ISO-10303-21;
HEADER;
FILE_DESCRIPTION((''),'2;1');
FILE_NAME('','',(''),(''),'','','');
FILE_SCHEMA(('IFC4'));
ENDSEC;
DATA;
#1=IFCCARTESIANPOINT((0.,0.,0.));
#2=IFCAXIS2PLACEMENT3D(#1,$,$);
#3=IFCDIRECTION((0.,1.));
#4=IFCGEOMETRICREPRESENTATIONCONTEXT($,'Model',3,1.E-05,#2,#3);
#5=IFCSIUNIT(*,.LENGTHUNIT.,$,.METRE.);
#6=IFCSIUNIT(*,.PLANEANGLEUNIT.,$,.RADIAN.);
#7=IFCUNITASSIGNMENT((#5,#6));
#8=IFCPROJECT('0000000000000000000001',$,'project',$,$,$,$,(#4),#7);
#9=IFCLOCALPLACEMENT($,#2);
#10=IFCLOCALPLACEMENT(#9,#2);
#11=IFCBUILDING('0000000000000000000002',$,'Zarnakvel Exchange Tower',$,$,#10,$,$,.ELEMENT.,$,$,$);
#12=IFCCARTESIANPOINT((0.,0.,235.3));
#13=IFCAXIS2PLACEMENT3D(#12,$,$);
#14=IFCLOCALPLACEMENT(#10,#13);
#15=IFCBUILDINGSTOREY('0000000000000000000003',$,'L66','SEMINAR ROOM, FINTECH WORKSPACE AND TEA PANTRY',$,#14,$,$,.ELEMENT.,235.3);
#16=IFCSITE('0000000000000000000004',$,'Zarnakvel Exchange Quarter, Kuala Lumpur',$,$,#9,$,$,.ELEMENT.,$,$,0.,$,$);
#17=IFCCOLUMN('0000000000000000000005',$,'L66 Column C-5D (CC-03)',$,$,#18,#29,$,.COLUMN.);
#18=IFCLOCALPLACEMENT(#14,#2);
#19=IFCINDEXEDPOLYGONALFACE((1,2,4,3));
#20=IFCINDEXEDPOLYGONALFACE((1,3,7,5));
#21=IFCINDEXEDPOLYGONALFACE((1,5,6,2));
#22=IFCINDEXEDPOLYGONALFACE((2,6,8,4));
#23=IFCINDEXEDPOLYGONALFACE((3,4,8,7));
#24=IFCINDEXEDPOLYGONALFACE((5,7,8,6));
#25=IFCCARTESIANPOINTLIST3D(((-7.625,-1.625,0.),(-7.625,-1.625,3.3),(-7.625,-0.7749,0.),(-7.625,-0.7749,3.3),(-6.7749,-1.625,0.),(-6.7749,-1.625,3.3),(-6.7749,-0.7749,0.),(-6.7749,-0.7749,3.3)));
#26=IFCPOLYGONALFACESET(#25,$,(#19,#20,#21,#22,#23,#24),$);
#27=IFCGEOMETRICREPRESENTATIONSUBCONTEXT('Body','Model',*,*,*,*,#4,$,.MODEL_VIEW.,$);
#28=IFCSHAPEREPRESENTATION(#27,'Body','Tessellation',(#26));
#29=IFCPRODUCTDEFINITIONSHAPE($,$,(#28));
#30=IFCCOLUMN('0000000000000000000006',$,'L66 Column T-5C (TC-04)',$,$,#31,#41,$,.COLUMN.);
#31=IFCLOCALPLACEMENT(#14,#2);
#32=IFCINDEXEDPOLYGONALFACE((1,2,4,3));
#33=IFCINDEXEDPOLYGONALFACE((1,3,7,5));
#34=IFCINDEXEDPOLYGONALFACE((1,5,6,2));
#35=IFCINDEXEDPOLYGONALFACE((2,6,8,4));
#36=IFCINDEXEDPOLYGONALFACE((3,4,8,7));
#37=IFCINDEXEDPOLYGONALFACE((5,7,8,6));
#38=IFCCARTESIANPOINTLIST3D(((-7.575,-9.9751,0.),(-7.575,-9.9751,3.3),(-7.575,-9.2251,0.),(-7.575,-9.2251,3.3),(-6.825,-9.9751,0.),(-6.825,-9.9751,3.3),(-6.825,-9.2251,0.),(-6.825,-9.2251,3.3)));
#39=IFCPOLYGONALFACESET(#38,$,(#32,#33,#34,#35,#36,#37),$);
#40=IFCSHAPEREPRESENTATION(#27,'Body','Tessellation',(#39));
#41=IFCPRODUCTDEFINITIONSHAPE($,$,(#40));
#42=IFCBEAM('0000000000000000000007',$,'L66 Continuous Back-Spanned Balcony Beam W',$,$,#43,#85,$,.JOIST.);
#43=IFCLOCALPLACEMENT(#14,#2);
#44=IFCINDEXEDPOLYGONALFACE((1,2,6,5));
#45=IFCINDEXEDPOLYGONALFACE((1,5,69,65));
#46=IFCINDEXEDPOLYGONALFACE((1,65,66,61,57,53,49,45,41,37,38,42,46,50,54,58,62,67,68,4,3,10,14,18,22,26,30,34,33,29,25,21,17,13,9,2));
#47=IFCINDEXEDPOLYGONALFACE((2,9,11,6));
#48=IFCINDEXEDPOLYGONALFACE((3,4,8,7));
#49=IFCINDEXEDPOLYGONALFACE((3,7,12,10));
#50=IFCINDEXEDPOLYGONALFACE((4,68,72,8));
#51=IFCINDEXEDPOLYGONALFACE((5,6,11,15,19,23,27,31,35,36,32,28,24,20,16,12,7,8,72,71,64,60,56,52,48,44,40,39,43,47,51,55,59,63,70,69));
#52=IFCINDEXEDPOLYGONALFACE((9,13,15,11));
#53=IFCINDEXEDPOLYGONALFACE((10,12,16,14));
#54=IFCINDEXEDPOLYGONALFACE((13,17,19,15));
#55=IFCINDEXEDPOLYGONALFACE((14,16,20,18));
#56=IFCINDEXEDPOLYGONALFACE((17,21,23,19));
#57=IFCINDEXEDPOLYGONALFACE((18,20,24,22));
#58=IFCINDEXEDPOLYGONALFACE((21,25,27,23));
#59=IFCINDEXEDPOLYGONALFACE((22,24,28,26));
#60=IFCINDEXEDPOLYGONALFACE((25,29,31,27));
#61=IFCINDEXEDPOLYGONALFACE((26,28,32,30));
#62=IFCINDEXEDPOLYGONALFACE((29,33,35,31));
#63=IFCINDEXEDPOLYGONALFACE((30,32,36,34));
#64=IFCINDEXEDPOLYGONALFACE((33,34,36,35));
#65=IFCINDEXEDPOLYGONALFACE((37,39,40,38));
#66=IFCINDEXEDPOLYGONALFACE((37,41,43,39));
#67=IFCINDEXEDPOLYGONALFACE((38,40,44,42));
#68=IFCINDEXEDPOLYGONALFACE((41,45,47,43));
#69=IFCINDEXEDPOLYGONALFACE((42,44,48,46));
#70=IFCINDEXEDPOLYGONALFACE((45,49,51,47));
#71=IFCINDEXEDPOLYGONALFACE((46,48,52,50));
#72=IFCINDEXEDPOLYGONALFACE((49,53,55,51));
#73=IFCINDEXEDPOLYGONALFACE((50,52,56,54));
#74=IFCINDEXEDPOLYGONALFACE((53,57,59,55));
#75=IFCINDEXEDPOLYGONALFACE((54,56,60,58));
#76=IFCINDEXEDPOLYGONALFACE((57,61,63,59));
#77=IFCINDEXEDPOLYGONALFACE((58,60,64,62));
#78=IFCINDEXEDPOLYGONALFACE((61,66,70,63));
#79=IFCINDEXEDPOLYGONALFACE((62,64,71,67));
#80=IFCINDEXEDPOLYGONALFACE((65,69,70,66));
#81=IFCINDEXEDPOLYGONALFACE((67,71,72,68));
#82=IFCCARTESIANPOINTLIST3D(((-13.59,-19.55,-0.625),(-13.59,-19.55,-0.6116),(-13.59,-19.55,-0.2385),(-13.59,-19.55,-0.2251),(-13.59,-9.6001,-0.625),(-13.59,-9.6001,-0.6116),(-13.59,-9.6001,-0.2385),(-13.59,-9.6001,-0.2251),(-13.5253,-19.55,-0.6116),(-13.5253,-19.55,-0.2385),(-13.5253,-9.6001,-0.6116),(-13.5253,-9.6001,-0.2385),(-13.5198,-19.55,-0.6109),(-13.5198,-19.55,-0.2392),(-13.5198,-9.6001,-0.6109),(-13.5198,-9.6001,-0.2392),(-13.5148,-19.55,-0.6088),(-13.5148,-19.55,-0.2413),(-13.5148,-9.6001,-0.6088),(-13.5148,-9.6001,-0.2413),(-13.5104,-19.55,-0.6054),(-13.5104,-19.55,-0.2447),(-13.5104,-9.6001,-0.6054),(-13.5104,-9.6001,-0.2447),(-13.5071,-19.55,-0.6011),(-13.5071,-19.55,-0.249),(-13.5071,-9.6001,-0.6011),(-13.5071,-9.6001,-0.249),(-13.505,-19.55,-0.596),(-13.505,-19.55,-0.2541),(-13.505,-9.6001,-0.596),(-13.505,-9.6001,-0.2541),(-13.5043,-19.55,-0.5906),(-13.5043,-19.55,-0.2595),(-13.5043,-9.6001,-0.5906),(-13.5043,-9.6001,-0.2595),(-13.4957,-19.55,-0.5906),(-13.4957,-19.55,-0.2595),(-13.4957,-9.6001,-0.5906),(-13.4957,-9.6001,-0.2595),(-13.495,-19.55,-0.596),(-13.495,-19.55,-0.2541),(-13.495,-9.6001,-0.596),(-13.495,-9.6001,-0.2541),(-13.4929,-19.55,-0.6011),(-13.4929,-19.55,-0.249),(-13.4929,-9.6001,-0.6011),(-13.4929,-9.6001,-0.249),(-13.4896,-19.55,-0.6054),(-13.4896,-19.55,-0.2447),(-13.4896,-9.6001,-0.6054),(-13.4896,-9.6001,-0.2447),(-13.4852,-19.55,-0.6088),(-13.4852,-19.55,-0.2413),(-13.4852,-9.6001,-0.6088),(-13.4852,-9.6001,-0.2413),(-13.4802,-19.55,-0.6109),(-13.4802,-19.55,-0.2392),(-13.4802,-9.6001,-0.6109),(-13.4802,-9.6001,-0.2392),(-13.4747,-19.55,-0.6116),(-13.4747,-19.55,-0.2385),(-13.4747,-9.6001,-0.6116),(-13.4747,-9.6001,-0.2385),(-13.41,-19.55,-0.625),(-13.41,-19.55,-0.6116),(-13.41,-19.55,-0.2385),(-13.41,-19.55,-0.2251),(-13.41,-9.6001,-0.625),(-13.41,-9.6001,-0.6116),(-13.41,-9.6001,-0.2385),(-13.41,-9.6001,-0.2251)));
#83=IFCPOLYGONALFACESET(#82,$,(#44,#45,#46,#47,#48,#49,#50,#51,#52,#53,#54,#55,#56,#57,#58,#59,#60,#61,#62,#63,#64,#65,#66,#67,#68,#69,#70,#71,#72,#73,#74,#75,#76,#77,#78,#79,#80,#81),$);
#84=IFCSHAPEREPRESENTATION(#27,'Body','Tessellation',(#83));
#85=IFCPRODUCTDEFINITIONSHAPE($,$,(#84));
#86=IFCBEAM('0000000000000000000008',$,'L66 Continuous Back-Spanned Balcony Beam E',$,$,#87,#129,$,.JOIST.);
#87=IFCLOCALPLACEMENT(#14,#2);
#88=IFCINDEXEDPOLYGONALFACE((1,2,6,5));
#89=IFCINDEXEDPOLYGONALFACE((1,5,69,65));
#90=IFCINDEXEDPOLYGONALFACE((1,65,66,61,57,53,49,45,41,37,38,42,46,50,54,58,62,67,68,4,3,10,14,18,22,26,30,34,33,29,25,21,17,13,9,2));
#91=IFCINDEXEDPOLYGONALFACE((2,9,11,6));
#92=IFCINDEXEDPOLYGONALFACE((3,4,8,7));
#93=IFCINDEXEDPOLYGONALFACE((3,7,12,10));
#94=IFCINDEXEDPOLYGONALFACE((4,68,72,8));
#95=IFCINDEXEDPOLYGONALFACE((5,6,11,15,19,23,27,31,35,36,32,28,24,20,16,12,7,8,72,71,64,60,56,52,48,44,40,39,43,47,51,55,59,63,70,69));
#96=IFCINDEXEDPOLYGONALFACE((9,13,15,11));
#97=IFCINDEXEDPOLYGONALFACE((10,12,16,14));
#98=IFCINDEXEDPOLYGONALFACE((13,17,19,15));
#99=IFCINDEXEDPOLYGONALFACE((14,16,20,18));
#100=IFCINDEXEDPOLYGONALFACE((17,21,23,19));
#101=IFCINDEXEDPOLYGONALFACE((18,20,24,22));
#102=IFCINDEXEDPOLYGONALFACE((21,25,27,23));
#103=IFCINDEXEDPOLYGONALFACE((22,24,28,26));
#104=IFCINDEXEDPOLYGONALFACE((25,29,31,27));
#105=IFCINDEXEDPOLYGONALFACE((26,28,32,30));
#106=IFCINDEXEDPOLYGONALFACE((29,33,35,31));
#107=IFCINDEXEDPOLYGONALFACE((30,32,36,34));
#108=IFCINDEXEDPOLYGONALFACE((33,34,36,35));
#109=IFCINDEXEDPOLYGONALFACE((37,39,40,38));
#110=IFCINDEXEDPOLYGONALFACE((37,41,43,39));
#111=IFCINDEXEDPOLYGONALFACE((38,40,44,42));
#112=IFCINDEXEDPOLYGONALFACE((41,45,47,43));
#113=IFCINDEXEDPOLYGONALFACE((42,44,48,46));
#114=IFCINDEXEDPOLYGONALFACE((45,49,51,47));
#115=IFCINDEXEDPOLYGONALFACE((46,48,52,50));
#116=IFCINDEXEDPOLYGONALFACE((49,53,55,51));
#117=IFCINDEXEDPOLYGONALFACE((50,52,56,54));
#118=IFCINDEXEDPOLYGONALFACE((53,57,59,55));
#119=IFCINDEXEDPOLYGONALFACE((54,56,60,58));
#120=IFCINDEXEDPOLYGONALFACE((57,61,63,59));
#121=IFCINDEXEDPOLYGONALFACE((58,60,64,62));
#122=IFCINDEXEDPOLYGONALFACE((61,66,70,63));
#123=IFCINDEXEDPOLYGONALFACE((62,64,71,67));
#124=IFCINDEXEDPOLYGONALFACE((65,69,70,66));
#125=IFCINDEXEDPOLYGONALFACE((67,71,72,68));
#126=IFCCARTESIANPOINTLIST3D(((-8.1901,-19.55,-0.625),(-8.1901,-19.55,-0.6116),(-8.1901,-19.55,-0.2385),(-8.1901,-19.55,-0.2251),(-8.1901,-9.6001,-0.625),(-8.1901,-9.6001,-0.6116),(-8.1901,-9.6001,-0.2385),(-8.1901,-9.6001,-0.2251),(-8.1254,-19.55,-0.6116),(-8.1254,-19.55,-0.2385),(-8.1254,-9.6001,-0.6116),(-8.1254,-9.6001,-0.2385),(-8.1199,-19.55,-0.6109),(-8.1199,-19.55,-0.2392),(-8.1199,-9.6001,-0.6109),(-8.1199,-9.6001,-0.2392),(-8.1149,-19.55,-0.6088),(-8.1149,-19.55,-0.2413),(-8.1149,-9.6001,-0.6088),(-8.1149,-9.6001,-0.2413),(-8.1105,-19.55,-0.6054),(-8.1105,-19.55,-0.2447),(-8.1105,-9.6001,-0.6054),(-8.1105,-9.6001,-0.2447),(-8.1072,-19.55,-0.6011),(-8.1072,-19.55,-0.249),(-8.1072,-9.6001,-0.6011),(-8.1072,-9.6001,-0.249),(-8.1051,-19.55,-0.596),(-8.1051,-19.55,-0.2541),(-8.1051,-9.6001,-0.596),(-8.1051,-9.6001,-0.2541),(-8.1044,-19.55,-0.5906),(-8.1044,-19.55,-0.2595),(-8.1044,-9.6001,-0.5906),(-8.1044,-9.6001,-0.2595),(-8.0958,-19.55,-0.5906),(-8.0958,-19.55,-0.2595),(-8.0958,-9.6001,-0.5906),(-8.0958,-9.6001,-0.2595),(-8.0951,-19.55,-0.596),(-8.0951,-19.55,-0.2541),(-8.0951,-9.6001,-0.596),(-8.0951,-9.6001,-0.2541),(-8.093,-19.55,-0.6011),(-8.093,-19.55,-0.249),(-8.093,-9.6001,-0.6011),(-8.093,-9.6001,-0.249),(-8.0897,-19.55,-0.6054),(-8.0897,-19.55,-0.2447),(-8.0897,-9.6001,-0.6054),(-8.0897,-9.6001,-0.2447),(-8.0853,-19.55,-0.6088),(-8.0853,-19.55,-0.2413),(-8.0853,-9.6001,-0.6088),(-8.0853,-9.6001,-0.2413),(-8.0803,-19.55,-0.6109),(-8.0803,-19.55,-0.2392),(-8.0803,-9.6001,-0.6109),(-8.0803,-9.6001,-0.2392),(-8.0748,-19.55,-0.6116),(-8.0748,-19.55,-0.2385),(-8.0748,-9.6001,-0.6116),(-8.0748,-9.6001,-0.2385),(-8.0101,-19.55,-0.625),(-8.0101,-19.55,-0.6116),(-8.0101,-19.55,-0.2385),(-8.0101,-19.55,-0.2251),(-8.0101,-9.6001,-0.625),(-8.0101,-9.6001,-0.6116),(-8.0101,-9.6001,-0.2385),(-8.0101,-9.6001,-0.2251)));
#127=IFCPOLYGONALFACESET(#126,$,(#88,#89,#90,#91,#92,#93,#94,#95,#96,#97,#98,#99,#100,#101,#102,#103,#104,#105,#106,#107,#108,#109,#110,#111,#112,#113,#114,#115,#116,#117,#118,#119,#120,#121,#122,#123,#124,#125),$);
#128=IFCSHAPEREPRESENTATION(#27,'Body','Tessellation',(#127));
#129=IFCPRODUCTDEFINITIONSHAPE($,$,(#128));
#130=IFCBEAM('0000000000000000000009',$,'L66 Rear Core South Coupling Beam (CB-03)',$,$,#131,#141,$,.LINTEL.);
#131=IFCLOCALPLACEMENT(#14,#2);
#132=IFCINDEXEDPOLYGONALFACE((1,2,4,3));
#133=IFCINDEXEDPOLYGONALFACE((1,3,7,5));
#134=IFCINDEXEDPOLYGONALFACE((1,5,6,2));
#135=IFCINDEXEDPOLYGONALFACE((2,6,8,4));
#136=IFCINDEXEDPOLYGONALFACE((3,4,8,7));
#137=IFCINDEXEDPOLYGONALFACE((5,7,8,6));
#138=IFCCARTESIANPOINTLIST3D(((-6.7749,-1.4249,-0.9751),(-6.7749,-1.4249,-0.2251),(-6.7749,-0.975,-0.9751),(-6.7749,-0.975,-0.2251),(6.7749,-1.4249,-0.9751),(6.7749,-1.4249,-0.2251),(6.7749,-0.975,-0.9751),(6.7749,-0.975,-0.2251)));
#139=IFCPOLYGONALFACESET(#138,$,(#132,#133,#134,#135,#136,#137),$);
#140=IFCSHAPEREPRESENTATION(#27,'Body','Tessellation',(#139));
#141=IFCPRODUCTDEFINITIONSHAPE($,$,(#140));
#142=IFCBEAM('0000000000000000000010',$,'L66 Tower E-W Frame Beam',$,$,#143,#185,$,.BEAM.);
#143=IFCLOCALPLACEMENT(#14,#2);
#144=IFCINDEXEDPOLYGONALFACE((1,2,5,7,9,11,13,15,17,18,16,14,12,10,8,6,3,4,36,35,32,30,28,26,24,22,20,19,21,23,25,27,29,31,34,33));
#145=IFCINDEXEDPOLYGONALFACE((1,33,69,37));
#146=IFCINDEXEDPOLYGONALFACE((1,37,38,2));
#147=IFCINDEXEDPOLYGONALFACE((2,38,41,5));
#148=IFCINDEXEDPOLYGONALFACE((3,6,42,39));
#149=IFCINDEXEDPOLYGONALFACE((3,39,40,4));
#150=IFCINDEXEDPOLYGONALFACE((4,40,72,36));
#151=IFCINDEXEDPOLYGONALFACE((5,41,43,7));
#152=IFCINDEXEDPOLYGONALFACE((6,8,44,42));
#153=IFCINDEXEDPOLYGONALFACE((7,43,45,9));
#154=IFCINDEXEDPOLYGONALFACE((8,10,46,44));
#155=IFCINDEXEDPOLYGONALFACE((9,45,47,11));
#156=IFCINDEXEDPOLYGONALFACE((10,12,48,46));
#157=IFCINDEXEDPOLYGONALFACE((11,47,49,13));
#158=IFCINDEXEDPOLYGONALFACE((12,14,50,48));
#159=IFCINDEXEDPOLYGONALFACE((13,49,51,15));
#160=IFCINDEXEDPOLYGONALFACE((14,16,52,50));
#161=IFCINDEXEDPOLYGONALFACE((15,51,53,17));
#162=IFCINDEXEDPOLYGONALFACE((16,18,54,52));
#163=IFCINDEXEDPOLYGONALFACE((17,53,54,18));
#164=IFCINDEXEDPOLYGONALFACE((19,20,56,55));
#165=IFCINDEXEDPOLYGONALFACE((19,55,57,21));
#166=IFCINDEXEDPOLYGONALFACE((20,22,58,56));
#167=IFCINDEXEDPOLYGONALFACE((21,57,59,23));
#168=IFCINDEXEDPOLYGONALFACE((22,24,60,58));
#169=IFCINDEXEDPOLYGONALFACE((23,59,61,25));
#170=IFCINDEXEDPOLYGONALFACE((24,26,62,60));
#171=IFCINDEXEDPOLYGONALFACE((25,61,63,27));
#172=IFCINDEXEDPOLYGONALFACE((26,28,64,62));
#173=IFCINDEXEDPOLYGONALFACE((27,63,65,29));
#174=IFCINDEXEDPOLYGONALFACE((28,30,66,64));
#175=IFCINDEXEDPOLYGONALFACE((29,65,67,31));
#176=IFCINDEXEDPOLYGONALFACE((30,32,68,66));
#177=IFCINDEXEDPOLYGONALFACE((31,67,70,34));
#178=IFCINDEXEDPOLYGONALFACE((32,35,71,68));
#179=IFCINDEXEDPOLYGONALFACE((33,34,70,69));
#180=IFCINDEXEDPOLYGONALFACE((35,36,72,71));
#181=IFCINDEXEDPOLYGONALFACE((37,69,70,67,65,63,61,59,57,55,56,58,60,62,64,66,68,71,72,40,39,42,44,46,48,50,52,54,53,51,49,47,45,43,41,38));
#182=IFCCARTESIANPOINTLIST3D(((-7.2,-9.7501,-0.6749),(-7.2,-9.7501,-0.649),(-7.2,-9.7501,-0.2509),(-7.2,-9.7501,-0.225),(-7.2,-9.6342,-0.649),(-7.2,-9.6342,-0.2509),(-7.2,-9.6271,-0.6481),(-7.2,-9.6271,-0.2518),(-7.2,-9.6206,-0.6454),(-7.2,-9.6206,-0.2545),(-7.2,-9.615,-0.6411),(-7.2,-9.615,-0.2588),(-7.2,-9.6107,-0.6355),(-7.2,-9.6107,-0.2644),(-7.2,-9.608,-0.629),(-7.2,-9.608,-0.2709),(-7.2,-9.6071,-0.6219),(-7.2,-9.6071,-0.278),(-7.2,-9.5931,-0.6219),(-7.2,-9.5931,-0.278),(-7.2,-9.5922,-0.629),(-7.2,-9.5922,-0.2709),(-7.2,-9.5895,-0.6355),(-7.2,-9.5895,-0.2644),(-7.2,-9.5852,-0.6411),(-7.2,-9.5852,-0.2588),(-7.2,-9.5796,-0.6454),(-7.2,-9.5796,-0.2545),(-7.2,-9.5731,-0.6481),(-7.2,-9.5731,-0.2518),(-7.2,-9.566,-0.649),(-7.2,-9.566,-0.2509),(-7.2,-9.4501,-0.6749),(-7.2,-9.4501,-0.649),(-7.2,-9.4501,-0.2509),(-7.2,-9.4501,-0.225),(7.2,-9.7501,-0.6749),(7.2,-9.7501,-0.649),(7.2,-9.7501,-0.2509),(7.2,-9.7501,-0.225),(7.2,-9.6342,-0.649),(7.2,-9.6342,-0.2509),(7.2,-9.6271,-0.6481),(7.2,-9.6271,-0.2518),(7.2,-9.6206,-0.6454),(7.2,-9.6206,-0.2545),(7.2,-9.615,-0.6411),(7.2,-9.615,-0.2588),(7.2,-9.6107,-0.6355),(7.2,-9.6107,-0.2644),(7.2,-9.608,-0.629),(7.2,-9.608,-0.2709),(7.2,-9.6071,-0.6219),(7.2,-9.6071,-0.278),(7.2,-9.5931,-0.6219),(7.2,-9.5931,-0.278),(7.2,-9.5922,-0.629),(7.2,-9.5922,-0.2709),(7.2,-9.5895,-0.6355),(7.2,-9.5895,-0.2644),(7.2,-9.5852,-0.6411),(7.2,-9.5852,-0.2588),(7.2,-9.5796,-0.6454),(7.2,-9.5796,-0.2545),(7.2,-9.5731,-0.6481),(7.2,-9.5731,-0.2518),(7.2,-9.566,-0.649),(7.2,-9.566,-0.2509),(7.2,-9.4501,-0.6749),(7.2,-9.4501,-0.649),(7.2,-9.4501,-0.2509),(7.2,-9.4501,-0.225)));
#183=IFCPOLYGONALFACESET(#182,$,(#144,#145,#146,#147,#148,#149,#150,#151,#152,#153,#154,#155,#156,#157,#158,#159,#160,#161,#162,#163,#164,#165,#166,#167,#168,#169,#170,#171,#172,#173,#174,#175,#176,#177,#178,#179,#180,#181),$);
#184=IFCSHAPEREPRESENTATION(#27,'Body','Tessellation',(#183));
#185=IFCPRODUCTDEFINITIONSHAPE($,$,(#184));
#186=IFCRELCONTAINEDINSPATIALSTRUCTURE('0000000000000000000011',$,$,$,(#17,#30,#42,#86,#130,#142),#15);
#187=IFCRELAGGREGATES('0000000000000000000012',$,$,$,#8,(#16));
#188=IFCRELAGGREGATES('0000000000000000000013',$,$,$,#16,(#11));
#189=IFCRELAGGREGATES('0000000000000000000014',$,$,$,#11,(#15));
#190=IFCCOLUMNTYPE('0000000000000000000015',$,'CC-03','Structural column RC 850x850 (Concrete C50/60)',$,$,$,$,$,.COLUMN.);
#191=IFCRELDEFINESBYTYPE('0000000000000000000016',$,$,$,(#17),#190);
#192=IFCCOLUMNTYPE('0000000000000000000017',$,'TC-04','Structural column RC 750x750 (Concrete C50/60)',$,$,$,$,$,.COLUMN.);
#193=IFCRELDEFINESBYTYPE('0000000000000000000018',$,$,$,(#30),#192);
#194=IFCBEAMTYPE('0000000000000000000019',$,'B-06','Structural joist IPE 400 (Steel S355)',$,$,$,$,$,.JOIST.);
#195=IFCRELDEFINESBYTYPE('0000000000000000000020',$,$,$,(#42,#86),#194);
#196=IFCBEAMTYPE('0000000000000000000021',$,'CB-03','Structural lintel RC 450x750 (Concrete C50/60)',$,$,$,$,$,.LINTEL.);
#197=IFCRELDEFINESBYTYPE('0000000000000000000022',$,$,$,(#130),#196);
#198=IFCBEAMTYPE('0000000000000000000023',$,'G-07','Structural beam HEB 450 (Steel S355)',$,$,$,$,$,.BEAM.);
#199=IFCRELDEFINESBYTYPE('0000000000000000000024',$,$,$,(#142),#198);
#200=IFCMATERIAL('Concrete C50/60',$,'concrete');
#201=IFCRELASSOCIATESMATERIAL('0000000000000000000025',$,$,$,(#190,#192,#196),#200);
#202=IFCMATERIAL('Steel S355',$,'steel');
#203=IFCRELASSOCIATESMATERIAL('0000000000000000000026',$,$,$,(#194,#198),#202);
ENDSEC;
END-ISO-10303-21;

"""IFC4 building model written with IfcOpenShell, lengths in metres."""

from ifc_helpers import new_model, si_unit, direction, frame, origin, origin_2d, place, context, subcontext, project, spatial, rectangle, i_section, extrude, material, material_profile, profile_set, type_object, element, save


model = new_model("IFC4")

# Units and contexts
model_context = context("Model", 3, precision=1e-05, world=origin(), true_north=direction((0.0, 1.0)))
body_context = subcontext(model_context, "Body", "Model", "MODEL_VIEW")
ifc_project = project(units=[si_unit("LENGTHUNIT", "METRE"), si_unit("PLANEANGLEUNIT", "RADIAN")], contexts=[model_context])

# Site, building, storey
site_placement = place(None, origin())
site = spatial("IfcSite", under=ifc_project, at=site_placement, Name="Zarnakvel Exchange Quarter, Kuala Lumpur", CompositionType="ELEMENT", RefElevation=0.0)
building_placement = place(site_placement, origin())
building = spatial("IfcBuilding", under=site, at=building_placement, Name="Zarnakvel Exchange Tower", CompositionType="ELEMENT")
storey_placement = place(building_placement, frame((0.0, 0.0, 235.3)))
storey = spatial("IfcBuildingStorey", under=building, at=storey_placement, Name="L66", Description="SEMINAR ROOM, FINTECH WORKSPACE AND TEA PANTRY", CompositionType="ELEMENT", Elevation=235.3)

# Columns
ifc_material_1 = material(Name="Concrete C50/60", Category="concrete")
ifc_material_profile_1 = material_profile(ifc_material_1, rectangle(XDim=0.8501, YDim=0.8501, at=origin_2d()))
ifc_profile_set_1 = profile_set([ifc_material_profile_1], Name="Concrete C50/60")
column_type_1 = type_object("IfcColumnType", Name="CC-03", Description="Structural column RC 850x850 (Concrete C50/60)", PredefinedType="COLUMN", material=ifc_profile_set_1)
column_1_placement = place(storey_placement, frame((-7.2, -1.2, 0.0), z_axis=(0.0, 0.0, 1.0), x_axis=(1.0, 0.0, 0.0)))
element("IfcColumn", 1, at=column_1_placement, inside=storey, type_object=column_type_1, Name="L66 Column C-5D (CC-03)", PredefinedType="COLUMN", context=body_context, shape_type="SweptSolid", body=[
    extrude(rectangle(XDim=0.8501, YDim=0.8501, at=origin_2d()), origin(), (0.0, 0.0, 1.0), 3.3),
])
ifc_material_profile_2 = material_profile(ifc_material_1, rectangle(XDim=0.75, YDim=0.75, at=origin_2d()))
ifc_profile_set_2 = profile_set([ifc_material_profile_2], Name="Concrete C50/60")
column_type_2 = type_object("IfcColumnType", Name="TC-04", Description="Structural column RC 750x750 (Concrete C50/60)", PredefinedType="COLUMN", material=ifc_profile_set_2)
column_2_placement = place(storey_placement, frame((-7.2, -9.6001, 0.0), z_axis=(0.0, 0.0, 1.0), x_axis=(1.0, 0.0, 0.0)))
element("IfcColumn", 2, at=column_2_placement, inside=storey, type_object=column_type_2, Name="L66 Column T-5C (TC-04)", PredefinedType="COLUMN", context=body_context, shape_type="SweptSolid", body=[
    extrude(rectangle(XDim=0.75, YDim=0.75, at=origin_2d()), origin(), (0.0, 0.0, 1.0), 3.3),
])

# Beams
ifc_material_2 = material(Name="Steel S355", Category="steel")
ifc_material_profile_3 = material_profile(ifc_material_2, i_section(OverallWidth=0.1799, OverallDepth=0.3999, WebThickness=0.0085, FlangeThickness=0.0134, FilletRadius=0.021, at=origin_2d()))
ifc_profile_set_3 = profile_set([ifc_material_profile_3], Name="Steel S355")
beam_type_1 = type_object("IfcBeamType", Name="B-06", Description="Structural joist IPE 400 (Steel S355)", PredefinedType="JOIST", material=ifc_profile_set_3)
for number, where, z_axis, x_axis, name in (
    (3, (-13.5, -9.6001, -0.425), (0.0, -1.0, 0.0), (1.0, 0.0, 0.0), "L66 Continuous Back-Spanned Balcony Beam W"),
    (4, (-8.1001, -9.6001, -0.425), (0.0, -1.0, 0.0), (1.0, 0.0, 0.0), "L66 Continuous Back-Spanned Balcony Beam E"),
):
    element("IfcBeam", number, at=place(storey_placement, frame(where, z_axis=z_axis, x_axis=x_axis)), inside=storey, type_object=beam_type_1, Name=name, PredefinedType="JOIST", context=body_context, shape_type="SweptSolid", body=[
        extrude(i_section(OverallWidth=0.1799, OverallDepth=0.3999, WebThickness=0.0085, FlangeThickness=0.0134, FilletRadius=0.021, at=origin_2d()), origin(), (0.0, 0.0, 1.0), 9.95),
    ])
ifc_material_profile_4 = material_profile(ifc_material_1, rectangle(XDim=0.45, YDim=0.75, at=origin_2d()))
ifc_profile_set_4 = profile_set([ifc_material_profile_4], Name="Concrete C50/60")
beam_type_2 = type_object("IfcBeamType", Name="CB-03", Description="Structural lintel RC 450x750 (Concrete C50/60)", PredefinedType="LINTEL", material=ifc_profile_set_4)
beam_1_placement = place(storey_placement, frame((-6.7749, -1.2, -0.6001), z_axis=(1.0, 0.0, 0.0), x_axis=(0.0, 1.0, 0.0)))
element("IfcBeam", 5, at=beam_1_placement, inside=storey, type_object=beam_type_2, Name="L66 Rear Core South Coupling Beam (CB-03)", PredefinedType="LINTEL", context=body_context, shape_type="SweptSolid", body=[
    extrude(rectangle(XDim=0.45, YDim=0.75, at=origin_2d()), origin(), (0.0, 0.0, 1.0), 13.5498),
])
ifc_material_profile_5 = material_profile(ifc_material_2, i_section(OverallWidth=0.3, OverallDepth=0.45, WebThickness=0.0139, FlangeThickness=0.0259, FilletRadius=0.0271, at=origin_2d()))
ifc_profile_set_5 = profile_set([ifc_material_profile_5], Name="Steel S355")
beam_type_3 = type_object("IfcBeamType", Name="G-07", Description="Structural beam HEB 450 (Steel S355)", PredefinedType="BEAM", material=ifc_profile_set_5)
beam_2_placement = place(storey_placement, frame((-7.2, -9.6001, -0.45), z_axis=(1.0, 0.0, 0.0), x_axis=(0.0, 1.0, 0.0)))
element("IfcBeam", 6, at=beam_2_placement, inside=storey, type_object=beam_type_3, Name="L66 Tower E-W Frame Beam", PredefinedType="BEAM", context=body_context, shape_type="SweptSolid", body=[
    extrude(i_section(OverallWidth=0.3, OverallDepth=0.45, WebThickness=0.0139, FlangeThickness=0.0259, FilletRadius=0.0271, at=origin_2d()), origin(), (0.0, 0.0, 1.0), 14.3999),
])

save(model, "model.ifc")
